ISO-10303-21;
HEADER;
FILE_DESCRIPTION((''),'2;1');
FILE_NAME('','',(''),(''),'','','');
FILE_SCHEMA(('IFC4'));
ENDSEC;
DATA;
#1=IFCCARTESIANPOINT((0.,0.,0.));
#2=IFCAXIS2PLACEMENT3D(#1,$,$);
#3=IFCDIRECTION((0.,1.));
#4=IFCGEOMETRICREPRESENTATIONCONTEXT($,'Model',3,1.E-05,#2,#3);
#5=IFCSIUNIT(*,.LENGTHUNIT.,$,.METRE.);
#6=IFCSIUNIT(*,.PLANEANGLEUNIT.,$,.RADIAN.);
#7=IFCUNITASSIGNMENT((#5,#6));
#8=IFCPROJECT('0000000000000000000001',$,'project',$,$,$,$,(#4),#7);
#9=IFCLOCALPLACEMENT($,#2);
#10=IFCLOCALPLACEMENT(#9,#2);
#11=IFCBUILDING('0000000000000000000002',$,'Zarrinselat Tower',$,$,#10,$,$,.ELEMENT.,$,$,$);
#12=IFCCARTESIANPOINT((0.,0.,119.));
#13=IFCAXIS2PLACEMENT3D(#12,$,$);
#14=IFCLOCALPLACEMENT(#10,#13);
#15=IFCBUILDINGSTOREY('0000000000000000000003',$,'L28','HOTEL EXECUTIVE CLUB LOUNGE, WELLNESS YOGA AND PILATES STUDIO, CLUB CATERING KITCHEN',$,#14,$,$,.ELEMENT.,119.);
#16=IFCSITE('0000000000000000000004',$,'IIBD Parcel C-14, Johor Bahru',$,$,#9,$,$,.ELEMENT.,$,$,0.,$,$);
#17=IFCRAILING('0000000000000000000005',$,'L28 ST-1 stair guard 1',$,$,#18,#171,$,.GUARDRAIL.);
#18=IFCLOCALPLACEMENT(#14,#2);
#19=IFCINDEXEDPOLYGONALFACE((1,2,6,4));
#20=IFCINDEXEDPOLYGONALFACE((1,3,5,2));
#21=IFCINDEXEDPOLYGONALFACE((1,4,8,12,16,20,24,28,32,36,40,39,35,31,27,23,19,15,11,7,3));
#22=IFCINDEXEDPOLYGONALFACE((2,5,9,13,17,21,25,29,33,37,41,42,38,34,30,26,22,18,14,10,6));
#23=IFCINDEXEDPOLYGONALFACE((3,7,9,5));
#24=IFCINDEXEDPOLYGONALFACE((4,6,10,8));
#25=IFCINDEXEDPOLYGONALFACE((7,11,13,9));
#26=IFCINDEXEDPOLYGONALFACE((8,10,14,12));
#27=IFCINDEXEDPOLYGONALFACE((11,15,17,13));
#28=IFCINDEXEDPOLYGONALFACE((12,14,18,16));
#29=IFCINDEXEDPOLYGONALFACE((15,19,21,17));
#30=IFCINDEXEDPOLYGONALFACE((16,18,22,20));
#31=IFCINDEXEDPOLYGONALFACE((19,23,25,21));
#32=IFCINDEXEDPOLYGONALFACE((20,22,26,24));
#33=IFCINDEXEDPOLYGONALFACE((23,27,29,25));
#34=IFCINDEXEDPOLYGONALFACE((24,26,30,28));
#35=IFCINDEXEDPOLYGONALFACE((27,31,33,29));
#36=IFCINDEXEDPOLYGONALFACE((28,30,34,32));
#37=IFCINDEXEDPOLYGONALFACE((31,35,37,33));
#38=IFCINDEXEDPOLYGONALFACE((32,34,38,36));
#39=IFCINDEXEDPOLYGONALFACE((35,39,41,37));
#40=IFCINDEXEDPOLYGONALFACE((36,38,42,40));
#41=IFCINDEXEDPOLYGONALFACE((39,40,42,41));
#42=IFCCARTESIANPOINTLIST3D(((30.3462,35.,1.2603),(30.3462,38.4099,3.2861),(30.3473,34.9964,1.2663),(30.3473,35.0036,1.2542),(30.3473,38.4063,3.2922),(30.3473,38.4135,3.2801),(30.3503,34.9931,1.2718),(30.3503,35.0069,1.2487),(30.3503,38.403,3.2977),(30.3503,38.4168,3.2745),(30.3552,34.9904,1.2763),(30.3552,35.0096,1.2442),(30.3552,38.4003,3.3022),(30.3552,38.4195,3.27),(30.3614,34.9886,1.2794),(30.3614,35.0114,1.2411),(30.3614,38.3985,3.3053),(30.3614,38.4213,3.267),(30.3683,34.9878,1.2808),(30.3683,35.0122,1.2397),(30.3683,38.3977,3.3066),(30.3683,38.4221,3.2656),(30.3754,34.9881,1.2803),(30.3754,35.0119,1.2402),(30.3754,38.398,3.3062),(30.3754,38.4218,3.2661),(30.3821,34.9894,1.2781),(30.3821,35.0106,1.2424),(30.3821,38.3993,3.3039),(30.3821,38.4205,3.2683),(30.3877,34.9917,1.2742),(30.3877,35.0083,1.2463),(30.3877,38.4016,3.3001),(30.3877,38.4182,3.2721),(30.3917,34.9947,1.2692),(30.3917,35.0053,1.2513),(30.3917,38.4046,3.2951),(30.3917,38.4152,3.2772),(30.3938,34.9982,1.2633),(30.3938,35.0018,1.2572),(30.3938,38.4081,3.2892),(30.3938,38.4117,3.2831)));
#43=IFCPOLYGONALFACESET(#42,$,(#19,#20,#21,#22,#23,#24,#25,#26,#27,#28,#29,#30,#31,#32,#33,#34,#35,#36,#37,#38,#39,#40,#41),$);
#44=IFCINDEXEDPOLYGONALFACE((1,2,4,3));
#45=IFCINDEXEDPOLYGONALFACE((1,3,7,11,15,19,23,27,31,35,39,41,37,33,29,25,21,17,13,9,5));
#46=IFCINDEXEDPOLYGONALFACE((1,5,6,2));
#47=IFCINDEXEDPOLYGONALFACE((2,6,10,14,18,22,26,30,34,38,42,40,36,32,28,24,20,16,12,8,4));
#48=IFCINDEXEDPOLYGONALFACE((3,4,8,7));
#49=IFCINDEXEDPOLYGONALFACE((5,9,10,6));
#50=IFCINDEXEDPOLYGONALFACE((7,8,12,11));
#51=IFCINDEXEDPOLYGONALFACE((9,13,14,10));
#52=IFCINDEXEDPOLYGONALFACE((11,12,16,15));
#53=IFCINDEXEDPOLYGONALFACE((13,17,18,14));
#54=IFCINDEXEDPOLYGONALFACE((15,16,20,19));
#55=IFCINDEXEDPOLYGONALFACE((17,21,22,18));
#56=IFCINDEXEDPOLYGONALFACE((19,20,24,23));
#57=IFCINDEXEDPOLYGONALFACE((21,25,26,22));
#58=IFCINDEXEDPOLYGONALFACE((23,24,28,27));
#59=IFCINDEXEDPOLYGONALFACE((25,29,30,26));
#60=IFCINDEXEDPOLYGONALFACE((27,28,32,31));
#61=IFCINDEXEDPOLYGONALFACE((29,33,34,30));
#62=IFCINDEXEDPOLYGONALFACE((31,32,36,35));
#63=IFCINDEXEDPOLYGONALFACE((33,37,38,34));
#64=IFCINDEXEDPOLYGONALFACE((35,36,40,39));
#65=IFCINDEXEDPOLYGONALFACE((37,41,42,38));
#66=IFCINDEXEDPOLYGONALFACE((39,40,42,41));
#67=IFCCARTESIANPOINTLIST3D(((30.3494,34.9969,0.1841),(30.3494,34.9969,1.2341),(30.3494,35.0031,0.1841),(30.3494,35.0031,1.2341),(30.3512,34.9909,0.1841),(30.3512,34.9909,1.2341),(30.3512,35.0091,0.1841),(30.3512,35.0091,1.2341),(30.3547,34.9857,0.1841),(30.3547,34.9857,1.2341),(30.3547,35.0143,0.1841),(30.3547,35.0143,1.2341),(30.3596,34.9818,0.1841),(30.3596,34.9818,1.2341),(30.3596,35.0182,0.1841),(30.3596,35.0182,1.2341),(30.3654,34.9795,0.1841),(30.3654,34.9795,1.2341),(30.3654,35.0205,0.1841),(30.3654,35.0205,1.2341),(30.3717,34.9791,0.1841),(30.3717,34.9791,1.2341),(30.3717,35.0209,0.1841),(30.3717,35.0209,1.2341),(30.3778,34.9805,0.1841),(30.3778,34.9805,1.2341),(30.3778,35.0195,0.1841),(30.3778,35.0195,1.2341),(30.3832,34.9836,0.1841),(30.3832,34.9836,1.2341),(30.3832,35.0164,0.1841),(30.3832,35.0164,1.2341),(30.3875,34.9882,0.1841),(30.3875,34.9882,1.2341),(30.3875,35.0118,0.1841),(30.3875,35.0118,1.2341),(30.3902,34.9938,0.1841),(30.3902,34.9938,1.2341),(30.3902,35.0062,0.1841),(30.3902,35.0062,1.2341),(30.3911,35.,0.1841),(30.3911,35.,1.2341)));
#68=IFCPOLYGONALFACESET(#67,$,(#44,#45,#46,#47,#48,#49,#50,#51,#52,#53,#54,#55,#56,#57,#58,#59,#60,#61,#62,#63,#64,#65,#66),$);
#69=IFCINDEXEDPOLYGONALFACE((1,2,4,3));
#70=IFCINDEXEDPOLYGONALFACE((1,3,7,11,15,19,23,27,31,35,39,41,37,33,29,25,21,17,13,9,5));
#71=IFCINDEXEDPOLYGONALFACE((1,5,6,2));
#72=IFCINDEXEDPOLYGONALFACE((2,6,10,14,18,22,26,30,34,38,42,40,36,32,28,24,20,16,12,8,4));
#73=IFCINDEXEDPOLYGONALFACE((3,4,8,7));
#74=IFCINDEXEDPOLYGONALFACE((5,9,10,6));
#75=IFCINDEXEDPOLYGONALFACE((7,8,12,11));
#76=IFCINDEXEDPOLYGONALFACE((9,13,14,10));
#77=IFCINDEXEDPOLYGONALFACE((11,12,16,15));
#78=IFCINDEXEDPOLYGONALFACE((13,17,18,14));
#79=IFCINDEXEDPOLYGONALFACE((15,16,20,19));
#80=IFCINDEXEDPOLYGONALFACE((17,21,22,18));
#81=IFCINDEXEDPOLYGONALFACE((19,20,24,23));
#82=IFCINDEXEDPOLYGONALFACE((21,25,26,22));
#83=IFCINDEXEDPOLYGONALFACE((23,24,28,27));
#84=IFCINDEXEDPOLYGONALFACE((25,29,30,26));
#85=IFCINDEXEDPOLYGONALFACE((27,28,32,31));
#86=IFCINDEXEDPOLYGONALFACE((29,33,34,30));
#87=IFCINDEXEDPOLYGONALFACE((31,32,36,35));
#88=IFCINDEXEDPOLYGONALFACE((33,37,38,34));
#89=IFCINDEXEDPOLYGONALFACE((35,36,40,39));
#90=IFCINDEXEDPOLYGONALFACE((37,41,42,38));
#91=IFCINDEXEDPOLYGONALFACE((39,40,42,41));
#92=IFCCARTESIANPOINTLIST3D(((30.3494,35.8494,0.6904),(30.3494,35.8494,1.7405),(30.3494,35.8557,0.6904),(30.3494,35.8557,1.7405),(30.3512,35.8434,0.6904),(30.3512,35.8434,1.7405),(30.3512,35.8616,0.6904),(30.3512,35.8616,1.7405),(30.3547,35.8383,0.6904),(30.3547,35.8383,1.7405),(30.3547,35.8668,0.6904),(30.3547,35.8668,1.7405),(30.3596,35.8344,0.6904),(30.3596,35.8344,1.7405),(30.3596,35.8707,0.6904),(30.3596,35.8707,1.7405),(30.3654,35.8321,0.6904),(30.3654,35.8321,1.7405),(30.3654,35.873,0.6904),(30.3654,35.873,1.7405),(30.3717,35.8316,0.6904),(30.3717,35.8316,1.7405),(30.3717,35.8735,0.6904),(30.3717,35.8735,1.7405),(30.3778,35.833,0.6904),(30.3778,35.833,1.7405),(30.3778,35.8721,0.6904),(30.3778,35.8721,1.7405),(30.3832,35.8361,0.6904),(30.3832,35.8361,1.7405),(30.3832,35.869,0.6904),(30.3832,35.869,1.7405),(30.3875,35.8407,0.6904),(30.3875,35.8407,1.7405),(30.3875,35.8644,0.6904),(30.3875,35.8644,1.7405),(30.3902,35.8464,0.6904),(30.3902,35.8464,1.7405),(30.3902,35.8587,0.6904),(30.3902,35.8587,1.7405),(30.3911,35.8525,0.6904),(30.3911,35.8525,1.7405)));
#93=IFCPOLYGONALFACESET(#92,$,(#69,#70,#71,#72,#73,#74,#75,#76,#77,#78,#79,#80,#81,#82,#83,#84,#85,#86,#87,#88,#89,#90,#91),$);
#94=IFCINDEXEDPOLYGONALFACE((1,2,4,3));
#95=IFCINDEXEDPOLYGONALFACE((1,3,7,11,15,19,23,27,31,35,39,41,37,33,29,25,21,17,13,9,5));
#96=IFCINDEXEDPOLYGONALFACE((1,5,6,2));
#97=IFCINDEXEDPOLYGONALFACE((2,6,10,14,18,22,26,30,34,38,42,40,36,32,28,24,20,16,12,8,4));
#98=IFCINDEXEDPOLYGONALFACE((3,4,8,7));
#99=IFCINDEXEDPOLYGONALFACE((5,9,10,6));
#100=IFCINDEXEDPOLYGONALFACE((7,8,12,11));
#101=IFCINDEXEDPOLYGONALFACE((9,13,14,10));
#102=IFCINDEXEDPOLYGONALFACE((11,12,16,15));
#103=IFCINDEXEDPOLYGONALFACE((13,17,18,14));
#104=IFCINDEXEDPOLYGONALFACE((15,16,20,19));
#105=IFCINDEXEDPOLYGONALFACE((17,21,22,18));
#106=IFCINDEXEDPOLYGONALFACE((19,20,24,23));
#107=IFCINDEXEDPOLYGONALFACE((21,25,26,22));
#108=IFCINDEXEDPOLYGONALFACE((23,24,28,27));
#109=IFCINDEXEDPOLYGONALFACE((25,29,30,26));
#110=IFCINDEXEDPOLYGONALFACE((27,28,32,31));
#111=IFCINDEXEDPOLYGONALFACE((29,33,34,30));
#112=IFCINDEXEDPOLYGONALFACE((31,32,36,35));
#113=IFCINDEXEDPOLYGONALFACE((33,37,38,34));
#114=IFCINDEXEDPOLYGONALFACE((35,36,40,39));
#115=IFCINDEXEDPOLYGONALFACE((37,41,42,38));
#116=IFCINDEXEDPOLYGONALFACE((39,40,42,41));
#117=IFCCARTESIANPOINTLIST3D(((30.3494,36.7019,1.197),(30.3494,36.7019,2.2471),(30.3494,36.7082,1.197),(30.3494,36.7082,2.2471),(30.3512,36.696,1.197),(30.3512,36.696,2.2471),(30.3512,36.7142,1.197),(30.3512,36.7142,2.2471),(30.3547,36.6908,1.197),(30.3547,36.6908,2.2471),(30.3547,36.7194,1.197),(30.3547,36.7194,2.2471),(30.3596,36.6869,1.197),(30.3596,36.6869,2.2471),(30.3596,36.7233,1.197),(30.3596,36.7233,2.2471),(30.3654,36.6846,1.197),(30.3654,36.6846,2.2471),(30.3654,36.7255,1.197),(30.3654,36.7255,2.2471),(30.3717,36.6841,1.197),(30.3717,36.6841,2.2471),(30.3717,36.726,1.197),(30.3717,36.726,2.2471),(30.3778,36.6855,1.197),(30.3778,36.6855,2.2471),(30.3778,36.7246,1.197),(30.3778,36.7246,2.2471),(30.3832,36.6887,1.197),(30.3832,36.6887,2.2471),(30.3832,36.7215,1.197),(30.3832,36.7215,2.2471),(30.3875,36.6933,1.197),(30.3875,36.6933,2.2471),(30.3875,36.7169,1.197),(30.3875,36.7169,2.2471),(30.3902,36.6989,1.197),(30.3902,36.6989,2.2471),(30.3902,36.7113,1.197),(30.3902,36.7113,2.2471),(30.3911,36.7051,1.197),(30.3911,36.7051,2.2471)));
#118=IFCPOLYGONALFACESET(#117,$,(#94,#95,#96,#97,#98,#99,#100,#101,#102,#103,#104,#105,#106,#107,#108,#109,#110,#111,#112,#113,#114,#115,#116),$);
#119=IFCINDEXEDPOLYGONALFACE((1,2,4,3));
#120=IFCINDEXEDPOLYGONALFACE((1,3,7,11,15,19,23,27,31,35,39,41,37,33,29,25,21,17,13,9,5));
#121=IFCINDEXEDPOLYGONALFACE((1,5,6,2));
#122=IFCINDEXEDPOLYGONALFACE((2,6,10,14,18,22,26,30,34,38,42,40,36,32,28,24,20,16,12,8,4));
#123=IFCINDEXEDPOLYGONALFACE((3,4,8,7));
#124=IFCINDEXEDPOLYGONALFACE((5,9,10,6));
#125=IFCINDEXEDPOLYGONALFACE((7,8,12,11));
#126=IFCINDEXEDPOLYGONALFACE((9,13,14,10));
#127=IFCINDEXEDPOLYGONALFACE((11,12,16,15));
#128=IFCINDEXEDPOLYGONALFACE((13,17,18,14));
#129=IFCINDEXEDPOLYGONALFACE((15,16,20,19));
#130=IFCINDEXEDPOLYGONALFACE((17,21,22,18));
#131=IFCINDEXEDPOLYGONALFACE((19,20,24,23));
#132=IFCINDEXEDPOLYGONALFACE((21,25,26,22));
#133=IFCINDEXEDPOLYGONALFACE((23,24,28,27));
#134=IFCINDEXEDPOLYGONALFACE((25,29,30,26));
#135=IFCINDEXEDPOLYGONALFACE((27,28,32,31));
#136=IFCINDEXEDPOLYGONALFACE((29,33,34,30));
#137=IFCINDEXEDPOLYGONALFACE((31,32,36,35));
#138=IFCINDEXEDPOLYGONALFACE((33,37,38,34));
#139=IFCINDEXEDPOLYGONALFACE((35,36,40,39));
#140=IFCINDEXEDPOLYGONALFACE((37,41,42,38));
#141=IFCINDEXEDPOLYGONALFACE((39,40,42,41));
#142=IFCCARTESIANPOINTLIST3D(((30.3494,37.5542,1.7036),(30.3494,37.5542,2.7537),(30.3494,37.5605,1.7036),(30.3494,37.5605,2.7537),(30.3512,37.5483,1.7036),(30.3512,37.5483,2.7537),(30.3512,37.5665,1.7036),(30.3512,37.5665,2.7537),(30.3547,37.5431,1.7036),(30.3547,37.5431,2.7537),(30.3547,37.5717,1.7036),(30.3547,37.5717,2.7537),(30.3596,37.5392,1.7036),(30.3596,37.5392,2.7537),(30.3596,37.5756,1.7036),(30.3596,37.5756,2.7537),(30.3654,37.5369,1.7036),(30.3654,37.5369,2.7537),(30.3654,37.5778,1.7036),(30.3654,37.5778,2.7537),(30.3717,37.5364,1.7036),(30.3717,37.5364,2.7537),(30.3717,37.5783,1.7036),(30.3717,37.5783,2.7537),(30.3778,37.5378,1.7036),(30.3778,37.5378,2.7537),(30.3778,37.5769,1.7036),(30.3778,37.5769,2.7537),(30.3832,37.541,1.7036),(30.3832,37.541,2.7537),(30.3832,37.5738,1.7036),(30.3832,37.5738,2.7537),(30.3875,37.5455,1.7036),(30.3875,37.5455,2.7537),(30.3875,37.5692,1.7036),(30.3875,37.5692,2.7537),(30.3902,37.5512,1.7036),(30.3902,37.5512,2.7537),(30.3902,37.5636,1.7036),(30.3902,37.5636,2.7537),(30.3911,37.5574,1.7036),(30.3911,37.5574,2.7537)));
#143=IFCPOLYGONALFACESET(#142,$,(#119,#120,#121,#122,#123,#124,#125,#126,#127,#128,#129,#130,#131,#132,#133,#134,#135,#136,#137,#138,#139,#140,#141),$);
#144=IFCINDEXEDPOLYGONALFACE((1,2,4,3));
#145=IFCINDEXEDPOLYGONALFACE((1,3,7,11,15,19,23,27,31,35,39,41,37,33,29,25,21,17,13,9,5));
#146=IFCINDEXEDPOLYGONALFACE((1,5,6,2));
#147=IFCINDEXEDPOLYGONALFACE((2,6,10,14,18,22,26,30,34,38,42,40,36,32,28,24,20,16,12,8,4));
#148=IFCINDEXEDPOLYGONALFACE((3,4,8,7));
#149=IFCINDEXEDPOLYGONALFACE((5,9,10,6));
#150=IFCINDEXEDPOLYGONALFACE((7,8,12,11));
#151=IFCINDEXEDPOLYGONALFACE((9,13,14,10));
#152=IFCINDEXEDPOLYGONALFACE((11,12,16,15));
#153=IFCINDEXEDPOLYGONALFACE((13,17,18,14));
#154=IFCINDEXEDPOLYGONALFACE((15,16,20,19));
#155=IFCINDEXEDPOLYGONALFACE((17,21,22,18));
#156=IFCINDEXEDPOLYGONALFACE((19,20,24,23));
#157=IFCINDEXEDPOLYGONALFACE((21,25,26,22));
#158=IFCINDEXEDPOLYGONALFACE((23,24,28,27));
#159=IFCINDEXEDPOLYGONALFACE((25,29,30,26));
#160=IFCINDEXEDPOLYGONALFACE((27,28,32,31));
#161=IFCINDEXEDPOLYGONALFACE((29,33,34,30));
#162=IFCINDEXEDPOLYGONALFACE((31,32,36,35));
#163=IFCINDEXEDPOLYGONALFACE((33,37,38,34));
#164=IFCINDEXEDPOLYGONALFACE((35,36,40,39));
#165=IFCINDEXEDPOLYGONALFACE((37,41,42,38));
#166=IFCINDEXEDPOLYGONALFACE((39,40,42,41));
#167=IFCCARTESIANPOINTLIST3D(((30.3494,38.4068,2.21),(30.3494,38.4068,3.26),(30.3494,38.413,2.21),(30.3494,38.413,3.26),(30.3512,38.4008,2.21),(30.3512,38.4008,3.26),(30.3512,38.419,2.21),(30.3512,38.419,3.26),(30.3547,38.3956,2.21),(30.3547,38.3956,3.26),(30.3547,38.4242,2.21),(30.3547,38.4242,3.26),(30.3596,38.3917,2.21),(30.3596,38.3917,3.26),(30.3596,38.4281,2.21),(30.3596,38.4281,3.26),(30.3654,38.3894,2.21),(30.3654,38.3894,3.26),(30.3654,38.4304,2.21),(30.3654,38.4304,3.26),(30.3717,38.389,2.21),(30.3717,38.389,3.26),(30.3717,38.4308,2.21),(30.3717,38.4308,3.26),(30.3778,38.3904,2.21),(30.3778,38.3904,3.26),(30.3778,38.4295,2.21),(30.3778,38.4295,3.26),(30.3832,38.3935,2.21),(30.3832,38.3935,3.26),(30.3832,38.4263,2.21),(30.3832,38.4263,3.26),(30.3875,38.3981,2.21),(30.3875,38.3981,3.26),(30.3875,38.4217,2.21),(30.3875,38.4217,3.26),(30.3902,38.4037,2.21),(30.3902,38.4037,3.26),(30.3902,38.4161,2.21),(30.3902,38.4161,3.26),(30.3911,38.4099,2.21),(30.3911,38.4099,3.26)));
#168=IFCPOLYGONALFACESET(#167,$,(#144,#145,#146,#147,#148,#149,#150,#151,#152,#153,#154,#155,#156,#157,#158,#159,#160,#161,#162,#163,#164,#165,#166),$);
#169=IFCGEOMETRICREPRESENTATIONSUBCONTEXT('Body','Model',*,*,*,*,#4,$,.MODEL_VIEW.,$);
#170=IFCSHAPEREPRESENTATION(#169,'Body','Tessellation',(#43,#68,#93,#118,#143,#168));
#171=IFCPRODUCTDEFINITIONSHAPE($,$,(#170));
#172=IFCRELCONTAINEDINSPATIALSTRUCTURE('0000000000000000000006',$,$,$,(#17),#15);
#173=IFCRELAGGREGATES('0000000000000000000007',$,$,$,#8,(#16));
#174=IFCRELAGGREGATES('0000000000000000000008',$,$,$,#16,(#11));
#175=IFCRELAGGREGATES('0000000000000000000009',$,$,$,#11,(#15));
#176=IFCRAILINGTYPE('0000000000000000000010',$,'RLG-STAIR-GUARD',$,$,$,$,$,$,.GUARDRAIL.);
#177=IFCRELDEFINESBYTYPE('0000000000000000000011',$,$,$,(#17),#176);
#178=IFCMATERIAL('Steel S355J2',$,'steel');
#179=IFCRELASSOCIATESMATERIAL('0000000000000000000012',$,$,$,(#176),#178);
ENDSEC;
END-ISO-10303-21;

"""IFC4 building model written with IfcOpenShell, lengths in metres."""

from ifc_helpers import new_model, si_unit, direction, frame, origin, origin_2d, place, context, subcontext, project, spatial, circle, extrude, material, type_object, element, save


model = new_model("IFC4")

# Units and contexts
model_context = context("Model", 3, precision=1e-05, world=origin(), true_north=direction((0.0, 1.0)))
body_context = subcontext(model_context, "Body", "Model", "MODEL_VIEW")
ifc_project = project(units=[si_unit("LENGTHUNIT", "METRE"), si_unit("PLANEANGLEUNIT", "RADIAN")], contexts=[model_context])

# Site, building, storey
site_placement = place(None, origin())
site = spatial("IfcSite", under=ifc_project, at=site_placement, Name="IIBD Parcel C-14, Johor Bahru", CompositionType="ELEMENT", RefElevation=0.0)
building_placement = place(site_placement, origin())
building = spatial("IfcBuilding", under=site, at=building_placement, Name="Zarrinselat Tower", CompositionType="ELEMENT")
storey_placement = place(building_placement, frame((0.0, 0.0, 119.0)))
storey = spatial("IfcBuildingStorey", under=building, at=storey_placement, Name="L28", Description="HOTEL EXECUTIVE CLUB LOUNGE, WELLNESS YOGA AND PILATES STUDIO, CLUB CATERING KITCHEN", CompositionType="ELEMENT", Elevation=119.0)

# Railing
ifc_material_1 = material(Name="Steel S355J2", Category="steel")
railing_type_1 = type_object("IfcRailingType", Name="RLG-STAIR-GUARD", PredefinedType="GUARDRAIL", material=ifc_material_1)
railing_1_placement = place(storey_placement, frame((30.3701, 35.0, 0.1841)))
element("IfcRailing", 1, at=railing_1_placement, inside=storey, type_object=railing_type_1, Name="L28 ST-1 stair guard 1", PredefinedType="GUARDRAIL", context=body_context, shape_type="SweptSolid", body=[
    extrude(circle(Radius=0.0239, at=origin_2d()), frame((0.0, 0.0, 1.0762), z_axis=(0.0, 0.859717, 0.510771), x_axis=(-1.0, 0.0, 0.0)), (0.0, 0.0, 1.0), 3.9663),
    extrude(circle(Radius=0.021, at=origin_2d()), origin(), (0.0, 0.0, 1.0), 1.05),
    extrude(circle(Radius=0.021, at=origin_2d()), frame((0.0, 0.8525, 0.5063)), (0.0, 0.0, 1.0), 1.05),
    extrude(circle(Radius=0.021, at=origin_2d()), frame((0.0, 1.7051, 1.0129)), (0.0, 0.0, 1.0), 1.05),
    extrude(circle(Radius=0.021, at=origin_2d()), frame((0.0, 2.5574, 1.5195)), (0.0, 0.0, 1.0), 1.05),
    extrude(circle(Radius=0.021, at=origin_2d()), frame((0.0, 3.4099, 2.0259)), (0.0, 0.0, 1.0), 1.05),
])

save(model, "model.ifc")
